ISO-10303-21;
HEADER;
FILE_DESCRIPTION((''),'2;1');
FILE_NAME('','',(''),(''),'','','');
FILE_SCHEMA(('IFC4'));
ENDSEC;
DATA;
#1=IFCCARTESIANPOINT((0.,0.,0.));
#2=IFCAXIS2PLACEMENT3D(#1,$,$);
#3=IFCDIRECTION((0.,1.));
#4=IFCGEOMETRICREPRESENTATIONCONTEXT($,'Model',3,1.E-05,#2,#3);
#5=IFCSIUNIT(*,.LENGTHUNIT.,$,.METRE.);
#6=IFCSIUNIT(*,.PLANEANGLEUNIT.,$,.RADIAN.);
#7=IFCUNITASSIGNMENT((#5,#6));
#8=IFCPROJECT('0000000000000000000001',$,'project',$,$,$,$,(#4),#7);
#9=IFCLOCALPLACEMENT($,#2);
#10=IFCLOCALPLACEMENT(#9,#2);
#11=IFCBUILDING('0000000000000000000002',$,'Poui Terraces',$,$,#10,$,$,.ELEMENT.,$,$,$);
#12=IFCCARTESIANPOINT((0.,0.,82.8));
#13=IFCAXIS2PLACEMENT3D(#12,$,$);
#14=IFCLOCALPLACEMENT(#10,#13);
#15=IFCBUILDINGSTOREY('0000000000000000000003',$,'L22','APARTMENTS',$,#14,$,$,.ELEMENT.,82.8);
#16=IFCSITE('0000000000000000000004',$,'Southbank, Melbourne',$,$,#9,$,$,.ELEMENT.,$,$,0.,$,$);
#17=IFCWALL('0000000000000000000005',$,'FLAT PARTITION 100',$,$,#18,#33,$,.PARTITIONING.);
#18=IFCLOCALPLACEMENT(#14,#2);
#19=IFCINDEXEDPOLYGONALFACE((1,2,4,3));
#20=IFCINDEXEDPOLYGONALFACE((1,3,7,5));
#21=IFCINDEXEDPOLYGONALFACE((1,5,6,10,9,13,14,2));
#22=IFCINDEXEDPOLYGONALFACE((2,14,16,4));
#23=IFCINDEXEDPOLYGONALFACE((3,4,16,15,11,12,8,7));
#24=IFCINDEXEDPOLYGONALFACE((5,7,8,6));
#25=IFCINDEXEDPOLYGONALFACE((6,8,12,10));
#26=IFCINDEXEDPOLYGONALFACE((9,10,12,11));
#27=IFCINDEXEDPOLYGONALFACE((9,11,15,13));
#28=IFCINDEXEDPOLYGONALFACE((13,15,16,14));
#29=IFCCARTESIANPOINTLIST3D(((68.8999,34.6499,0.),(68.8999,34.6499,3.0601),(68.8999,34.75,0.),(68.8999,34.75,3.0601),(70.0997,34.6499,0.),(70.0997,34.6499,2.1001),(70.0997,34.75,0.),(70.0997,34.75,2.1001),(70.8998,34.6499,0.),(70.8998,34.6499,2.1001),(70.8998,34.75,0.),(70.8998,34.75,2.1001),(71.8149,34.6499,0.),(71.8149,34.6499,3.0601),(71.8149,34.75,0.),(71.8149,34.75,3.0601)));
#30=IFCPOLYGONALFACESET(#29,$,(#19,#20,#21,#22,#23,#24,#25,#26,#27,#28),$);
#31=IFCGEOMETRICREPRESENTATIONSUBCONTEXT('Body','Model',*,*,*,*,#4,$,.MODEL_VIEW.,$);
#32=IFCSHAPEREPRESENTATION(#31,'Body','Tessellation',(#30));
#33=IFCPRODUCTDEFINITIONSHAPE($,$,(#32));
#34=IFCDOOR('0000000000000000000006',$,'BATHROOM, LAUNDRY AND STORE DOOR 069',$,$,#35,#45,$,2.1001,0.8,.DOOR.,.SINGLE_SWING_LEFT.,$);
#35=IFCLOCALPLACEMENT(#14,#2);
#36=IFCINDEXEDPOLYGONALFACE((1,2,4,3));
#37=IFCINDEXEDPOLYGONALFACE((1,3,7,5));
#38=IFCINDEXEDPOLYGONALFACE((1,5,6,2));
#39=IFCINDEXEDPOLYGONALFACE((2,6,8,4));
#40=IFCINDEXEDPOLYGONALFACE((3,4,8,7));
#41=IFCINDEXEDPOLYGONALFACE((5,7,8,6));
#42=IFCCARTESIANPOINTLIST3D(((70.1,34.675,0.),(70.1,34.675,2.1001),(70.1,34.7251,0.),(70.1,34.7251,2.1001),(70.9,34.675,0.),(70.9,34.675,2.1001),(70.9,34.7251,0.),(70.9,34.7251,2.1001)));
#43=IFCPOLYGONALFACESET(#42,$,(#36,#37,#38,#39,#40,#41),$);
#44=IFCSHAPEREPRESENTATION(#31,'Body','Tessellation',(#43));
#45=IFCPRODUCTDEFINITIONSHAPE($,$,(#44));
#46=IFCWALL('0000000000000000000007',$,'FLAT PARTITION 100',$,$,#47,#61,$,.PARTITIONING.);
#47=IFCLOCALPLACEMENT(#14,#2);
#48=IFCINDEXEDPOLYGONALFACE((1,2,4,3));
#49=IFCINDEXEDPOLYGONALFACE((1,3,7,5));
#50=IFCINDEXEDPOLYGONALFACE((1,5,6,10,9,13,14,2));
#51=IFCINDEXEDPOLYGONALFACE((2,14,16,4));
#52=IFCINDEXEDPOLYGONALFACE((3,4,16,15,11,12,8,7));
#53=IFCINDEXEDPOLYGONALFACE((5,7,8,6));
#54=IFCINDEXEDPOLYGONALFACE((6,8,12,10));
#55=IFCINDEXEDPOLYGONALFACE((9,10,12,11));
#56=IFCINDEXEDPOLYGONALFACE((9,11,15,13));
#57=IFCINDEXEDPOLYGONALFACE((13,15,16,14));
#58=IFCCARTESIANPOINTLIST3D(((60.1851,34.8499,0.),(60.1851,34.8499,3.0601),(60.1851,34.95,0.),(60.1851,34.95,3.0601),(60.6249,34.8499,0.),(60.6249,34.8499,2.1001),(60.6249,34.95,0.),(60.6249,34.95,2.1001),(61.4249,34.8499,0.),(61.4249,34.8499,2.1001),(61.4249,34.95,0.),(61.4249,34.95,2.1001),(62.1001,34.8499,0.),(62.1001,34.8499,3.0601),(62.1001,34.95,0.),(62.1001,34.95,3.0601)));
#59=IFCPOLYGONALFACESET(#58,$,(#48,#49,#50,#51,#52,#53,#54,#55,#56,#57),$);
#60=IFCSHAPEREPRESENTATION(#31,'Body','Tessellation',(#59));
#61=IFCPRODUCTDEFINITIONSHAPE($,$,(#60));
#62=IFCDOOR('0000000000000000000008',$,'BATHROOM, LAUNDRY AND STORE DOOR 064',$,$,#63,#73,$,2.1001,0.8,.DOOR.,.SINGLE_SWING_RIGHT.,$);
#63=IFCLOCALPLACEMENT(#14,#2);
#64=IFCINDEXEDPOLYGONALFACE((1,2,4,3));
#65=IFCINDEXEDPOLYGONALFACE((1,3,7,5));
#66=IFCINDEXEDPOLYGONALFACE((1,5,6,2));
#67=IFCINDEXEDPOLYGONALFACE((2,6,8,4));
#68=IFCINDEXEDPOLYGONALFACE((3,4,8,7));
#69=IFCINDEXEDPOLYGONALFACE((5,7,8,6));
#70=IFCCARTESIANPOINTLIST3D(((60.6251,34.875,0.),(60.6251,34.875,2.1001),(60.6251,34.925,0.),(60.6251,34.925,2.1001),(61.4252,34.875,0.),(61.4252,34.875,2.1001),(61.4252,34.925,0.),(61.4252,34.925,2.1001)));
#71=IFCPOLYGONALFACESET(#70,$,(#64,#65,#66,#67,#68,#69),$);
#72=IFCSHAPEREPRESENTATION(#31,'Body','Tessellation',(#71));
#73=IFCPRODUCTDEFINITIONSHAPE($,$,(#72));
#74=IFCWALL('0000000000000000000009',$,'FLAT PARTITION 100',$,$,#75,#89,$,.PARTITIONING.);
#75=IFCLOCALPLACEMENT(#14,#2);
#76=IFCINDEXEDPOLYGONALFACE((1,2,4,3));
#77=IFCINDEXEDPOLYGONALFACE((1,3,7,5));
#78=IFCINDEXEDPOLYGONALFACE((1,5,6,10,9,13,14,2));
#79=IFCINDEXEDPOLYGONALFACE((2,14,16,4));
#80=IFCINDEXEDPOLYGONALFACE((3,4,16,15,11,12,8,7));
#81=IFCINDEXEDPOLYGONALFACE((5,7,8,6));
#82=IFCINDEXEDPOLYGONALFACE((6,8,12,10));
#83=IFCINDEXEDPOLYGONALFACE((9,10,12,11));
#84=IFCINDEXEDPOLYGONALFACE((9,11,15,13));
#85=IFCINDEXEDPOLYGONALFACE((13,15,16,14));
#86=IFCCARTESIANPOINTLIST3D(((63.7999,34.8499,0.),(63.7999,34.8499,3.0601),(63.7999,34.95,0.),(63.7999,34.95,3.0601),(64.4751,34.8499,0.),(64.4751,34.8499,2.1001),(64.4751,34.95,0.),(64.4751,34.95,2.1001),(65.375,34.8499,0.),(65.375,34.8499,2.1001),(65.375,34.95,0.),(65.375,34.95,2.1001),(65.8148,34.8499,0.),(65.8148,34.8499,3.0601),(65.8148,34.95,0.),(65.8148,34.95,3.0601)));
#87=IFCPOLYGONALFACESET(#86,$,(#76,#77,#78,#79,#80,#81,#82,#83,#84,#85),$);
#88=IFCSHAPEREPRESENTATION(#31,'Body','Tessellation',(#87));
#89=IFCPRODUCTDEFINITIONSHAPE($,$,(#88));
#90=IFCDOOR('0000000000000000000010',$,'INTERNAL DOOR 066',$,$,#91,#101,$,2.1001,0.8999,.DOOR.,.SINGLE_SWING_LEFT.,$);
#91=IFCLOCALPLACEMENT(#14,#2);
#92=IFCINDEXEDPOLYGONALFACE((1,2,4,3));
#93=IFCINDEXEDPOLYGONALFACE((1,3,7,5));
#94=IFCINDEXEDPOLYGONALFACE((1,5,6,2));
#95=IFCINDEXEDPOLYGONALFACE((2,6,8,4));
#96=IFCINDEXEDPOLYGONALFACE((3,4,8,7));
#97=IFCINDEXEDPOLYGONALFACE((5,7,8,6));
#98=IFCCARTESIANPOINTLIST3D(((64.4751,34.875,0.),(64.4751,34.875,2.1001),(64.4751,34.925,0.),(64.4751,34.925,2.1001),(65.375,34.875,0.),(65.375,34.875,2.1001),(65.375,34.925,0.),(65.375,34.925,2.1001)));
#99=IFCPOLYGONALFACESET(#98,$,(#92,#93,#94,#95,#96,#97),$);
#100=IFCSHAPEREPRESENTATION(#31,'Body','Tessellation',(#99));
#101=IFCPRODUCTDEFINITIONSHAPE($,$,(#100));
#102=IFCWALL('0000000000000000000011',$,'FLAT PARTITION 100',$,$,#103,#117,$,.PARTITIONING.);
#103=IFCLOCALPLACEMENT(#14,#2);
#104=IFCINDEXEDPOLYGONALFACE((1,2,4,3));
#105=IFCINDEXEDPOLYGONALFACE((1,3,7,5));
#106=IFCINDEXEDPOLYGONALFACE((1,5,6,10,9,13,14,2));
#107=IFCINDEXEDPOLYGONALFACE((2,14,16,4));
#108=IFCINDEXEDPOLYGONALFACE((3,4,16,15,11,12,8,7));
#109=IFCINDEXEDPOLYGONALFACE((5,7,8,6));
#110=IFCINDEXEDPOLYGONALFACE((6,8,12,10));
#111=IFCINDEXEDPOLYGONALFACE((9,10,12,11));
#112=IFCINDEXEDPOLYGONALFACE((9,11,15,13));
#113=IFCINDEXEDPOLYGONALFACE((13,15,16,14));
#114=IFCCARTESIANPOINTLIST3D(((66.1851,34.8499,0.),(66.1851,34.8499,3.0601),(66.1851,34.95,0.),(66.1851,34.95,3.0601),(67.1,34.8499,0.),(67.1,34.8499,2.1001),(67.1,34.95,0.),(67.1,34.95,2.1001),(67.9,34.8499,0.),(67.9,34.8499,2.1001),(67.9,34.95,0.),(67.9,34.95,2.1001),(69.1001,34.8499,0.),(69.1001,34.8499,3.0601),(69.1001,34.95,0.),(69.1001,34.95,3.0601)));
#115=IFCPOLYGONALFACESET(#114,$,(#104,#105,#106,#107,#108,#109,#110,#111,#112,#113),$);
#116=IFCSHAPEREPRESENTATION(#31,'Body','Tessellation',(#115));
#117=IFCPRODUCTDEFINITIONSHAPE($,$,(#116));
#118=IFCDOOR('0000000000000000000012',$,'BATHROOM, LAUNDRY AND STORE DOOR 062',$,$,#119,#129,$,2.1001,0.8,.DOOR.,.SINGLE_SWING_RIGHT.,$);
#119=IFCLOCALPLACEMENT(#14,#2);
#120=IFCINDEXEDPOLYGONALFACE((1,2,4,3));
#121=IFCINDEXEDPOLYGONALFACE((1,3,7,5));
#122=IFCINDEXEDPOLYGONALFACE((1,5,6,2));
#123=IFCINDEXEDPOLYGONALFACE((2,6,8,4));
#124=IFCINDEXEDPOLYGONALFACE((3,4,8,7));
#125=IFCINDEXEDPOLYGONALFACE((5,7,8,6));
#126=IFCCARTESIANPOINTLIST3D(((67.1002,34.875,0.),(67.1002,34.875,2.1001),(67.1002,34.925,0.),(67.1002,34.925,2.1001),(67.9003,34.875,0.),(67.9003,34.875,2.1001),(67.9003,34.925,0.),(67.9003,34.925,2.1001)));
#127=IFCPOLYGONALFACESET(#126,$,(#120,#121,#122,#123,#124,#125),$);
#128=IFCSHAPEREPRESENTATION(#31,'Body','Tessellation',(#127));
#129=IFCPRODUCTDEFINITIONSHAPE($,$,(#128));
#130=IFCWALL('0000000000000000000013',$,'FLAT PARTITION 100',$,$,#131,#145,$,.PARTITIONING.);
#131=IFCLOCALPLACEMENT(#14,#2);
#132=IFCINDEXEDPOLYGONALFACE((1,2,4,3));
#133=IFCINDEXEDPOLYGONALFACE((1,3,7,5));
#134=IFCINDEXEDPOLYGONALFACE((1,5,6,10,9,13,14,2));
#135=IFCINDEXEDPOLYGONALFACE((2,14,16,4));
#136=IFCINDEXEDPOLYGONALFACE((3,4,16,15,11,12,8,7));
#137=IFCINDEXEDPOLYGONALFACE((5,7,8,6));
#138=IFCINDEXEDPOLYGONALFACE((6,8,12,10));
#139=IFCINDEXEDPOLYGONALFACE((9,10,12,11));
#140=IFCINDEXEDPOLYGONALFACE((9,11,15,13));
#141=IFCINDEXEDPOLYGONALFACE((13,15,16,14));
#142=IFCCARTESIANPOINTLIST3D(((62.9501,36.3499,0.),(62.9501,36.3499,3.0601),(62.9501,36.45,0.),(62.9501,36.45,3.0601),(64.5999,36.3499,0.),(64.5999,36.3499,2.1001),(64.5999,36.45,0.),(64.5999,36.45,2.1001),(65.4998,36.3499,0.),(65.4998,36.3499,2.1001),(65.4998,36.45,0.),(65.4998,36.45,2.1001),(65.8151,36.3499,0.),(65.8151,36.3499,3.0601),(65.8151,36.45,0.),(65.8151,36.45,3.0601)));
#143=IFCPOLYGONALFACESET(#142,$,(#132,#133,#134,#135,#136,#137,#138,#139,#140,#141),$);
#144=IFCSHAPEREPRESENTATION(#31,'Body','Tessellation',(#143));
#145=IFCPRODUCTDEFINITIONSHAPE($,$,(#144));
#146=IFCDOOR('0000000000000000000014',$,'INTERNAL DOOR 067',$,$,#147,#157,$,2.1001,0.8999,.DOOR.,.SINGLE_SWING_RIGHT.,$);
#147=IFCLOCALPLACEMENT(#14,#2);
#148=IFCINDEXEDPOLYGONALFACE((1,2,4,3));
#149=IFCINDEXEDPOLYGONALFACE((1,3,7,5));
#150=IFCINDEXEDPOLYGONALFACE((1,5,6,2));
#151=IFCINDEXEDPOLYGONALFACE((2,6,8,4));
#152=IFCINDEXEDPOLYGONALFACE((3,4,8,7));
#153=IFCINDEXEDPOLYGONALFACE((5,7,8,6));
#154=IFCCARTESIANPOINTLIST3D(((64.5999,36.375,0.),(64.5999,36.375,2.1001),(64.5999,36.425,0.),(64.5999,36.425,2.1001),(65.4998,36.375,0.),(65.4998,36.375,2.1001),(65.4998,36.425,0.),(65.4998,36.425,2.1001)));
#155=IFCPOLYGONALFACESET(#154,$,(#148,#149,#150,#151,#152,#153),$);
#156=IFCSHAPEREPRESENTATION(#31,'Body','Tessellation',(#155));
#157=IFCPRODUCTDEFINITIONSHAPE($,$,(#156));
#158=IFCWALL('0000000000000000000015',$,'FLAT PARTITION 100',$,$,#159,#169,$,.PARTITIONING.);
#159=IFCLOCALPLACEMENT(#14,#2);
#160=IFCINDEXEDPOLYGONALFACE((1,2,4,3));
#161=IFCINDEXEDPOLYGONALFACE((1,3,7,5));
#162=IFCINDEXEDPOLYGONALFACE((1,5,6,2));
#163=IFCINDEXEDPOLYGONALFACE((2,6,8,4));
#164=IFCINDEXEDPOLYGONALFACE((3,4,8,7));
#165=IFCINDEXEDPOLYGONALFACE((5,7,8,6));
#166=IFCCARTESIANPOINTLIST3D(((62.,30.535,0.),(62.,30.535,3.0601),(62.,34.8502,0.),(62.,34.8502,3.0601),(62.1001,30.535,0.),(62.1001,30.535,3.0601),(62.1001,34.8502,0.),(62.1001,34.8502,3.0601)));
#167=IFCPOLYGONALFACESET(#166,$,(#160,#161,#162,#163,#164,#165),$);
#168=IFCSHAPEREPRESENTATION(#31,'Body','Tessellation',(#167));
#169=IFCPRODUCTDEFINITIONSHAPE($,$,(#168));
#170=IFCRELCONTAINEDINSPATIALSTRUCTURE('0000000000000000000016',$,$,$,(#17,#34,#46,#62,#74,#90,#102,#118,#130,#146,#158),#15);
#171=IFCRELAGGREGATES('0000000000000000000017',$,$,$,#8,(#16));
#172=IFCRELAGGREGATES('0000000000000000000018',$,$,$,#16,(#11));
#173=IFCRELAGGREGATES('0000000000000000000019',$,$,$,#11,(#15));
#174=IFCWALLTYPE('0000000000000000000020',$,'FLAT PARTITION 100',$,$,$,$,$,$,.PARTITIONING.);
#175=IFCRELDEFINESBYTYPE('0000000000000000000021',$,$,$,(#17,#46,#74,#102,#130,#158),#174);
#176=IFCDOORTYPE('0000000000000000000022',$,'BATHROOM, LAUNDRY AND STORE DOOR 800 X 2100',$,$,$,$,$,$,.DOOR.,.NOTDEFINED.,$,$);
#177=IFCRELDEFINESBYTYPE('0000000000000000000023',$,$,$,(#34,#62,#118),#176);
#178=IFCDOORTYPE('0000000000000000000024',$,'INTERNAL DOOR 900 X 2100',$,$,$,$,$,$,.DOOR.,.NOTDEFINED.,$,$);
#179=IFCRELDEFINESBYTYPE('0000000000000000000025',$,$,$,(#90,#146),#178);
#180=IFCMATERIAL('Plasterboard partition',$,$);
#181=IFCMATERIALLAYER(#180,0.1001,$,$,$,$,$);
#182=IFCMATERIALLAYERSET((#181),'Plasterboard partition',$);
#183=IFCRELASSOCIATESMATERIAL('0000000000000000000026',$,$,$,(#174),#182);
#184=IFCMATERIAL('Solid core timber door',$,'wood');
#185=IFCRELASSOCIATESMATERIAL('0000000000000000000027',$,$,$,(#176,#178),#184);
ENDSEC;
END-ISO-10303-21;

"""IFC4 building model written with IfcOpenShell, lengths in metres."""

from ifc_helpers import new_model, si_unit, direction, frame, frame_2d, origin, place, context, subcontext, project, spatial, rectangle, extrude, material, layer, layer_set, type_object, element, fill, save


model = new_model("IFC4")

# Units and contexts
model_context = context("Model", 3, precision=1e-05, world=origin(), true_north=direction((0.0, 1.0)))
body_context = subcontext(model_context, "Body", "Model", "MODEL_VIEW")
ifc_project = project(units=[si_unit("LENGTHUNIT", "METRE"), si_unit("PLANEANGLEUNIT", "RADIAN")], contexts=[model_context])

# Site, building, storey
site_placement = place(None, origin())
site = spatial("IfcSite", under=ifc_project, at=site_placement, Name="Southbank, Melbourne", CompositionType="ELEMENT", RefElevation=0.0)
building_placement = place(site_placement, origin())
building = spatial("IfcBuilding", under=site, at=building_placement, Name="Poui Terraces", CompositionType="ELEMENT")
storey_placement = place(building_placement, frame((0.0, 0.0, 82.8)))
storey = spatial("IfcBuildingStorey", under=building, at=storey_placement, Name="L22", Description="APARTMENTS", CompositionType="ELEMENT", Elevation=82.8)

# Walls, openings, doors
ifc_material_1 = material(Name="Plasterboard partition")
ifc_layer_1 = layer(ifc_material_1, 0.1001)
ifc_layer_set_1 = layer_set([ifc_layer_1], Name="Plasterboard partition")
wall_type_1 = type_object("IfcWallType", Name="FLAT PARTITION 100", PredefinedType="PARTITIONING", material=ifc_layer_set_1)
wall_1_placement = place(storey_placement, frame((68.8999, 34.7, 0.0), z_axis=(0.0, 0.0, 1.0), x_axis=(1.0, 0.0, 0.0)))
wall_1 = element("IfcWall", 1, at=wall_1_placement, inside=storey, type_object=wall_type_1, Name="FLAT PARTITION 100", PredefinedType="PARTITIONING", context=body_context, shape_type="SweptSolid", body=[
    extrude(rectangle(XDim=2.915, YDim=0.1001, at=frame_2d((1.4575, 0.0))), origin(), (0.0, 0.0, 1.0), 3.0601),
])
opening_1_placement = place(wall_1_placement, frame((1.2, 0.0, 0.0)))
opening_1 = element("IfcOpeningElement", 2, at=opening_1_placement, cuts=wall_1, PredefinedType="OPENING", context=body_context, shape_type="SweptSolid", body=[
    extrude(rectangle(XDim=0.8, YDim=2.1001, at=frame_2d((0.3999, 1.05))), frame((0.0, 0.0601, 0.0), z_axis=(0.0, -1.0, 0.0), x_axis=(1.0, 0.0, 0.0)), (0.0, 0.0, 1.0), 0.1201),
])
ifc_material_2 = material(Name="Solid core timber door", Category="wood")
door_type_1 = type_object("IfcDoorType", Name="BATHROOM, LAUNDRY AND STORE DOOR 800 X 2100", OperationType="NOTDEFINED", PredefinedType="DOOR", material=ifc_material_2)
door_1_placement = place(opening_1_placement, frame((0.8, 0.0, 0.0), z_axis=(0.0, 0.0, 1.0), x_axis=(-1.0, 0.0, 0.0)))
door_1 = element("IfcDoor", 3, at=door_1_placement, inside=storey, type_object=door_type_1, Name="BATHROOM, LAUNDRY AND STORE DOOR 069", OperationType="SINGLE_SWING_LEFT", OverallHeight=2.1001, OverallWidth=0.8, PredefinedType="DOOR", context=body_context, shape_type="SweptSolid", body=[
    extrude(rectangle(XDim=0.8, YDim=2.1001, at=frame_2d((0.3999, 1.05))), frame((0.0, 0.0249, 0.0), z_axis=(0.0, -1.0, 0.0), x_axis=(1.0, 0.0, 0.0)), (0.0, 0.0, 1.0), 0.05),
])
fill(opening_1, door_1)
wall_2_placement = place(storey_placement, frame((60.1851, 34.8999, 0.0), z_axis=(0.0, 0.0, 1.0), x_axis=(1.0, 0.0, 0.0)))
wall_2 = element("IfcWall", 4, at=wall_2_placement, inside=storey, type_object=wall_type_1, Name="FLAT PARTITION 100", PredefinedType="PARTITIONING", context=body_context, shape_type="SweptSolid", body=[
    extrude(rectangle(XDim=1.915, YDim=0.1001, at=frame_2d((0.9575, 0.0))), origin(), (0.0, 0.0, 1.0), 3.0601),
])
opening_2_placement = place(wall_2_placement, frame((0.4399, 0.0, 0.0)))
opening_2 = element("IfcOpeningElement", 5, at=opening_2_placement, cuts=wall_2, PredefinedType="OPENING", context=body_context, shape_type="SweptSolid", body=[
    extrude(rectangle(XDim=0.8, YDim=2.1001, at=frame_2d((0.3999, 1.05))), frame((0.0, 0.0601, 0.0), z_axis=(0.0, -1.0, 0.0), x_axis=(1.0, 0.0, 0.0)), (0.0, 0.0, 1.0), 0.1201),
])
door_2_placement = place(opening_2_placement, frame((0.8, 0.0, 0.0), z_axis=(0.0, 0.0, 1.0), x_axis=(-1.0, 0.0, 0.0)))
door_2 = element("IfcDoor", 6, at=door_2_placement, inside=storey, type_object=door_type_1, Name="BATHROOM, LAUNDRY AND STORE DOOR 064", OperationType="SINGLE_SWING_RIGHT", OverallHeight=2.1001, OverallWidth=0.8, PredefinedType="DOOR", context=body_context, shape_type="SweptSolid", body=[
    extrude(rectangle(XDim=0.8, YDim=2.1001, at=frame_2d((0.3999, 1.05))), frame((0.0, 0.0249, 0.0), z_axis=(0.0, -1.0, 0.0), x_axis=(1.0, 0.0, 0.0)), (0.0, 0.0, 1.0), 0.05),
])
fill(opening_2, door_2)
wall_3_placement = place(storey_placement, frame((63.8, 34.8999, 0.0), z_axis=(0.0, 0.0, 1.0), x_axis=(1.0, 0.0, 0.0)))
wall_3 = element("IfcWall", 7, at=wall_3_placement, inside=storey, type_object=wall_type_1, Name="FLAT PARTITION 100", PredefinedType="PARTITIONING", context=body_context, shape_type="SweptSolid", body=[
    extrude(rectangle(XDim=2.0149, YDim=0.1001, at=frame_2d((1.0073, 0.0))), origin(), (0.0, 0.0, 1.0), 3.0601),
])
opening_3_placement = place(wall_3_placement, frame((0.675, 0.0, 0.0)))
opening_3 = element("IfcOpeningElement", 8, at=opening_3_placement, cuts=wall_3, PredefinedType="OPENING", context=body_context, shape_type="SweptSolid", body=[
    extrude(rectangle(XDim=0.8999, YDim=2.1001, at=frame_2d((0.45, 1.05))), frame((0.0, 0.0601, 0.0), z_axis=(0.0, -1.0, 0.0), x_axis=(1.0, 0.0, 0.0)), (0.0, 0.0, 1.0), 0.1201),
])
door_type_2 = type_object("IfcDoorType", Name="INTERNAL DOOR 900 X 2100", OperationType="NOTDEFINED", PredefinedType="DOOR", material=ifc_material_2)
door_3_placement = place(opening_3_placement, frame((0.8999, 0.0, 0.0), z_axis=(0.0, 0.0, 1.0), x_axis=(-1.0, 0.0, 0.0)))
door_3 = element("IfcDoor", 9, at=door_3_placement, inside=storey, type_object=door_type_2, Name="INTERNAL DOOR 066", OperationType="SINGLE_SWING_LEFT", OverallHeight=2.1001, OverallWidth=0.8999, PredefinedType="DOOR", context=body_context, shape_type="SweptSolid", body=[
    extrude(rectangle(XDim=0.8999, YDim=2.1001, at=frame_2d((0.45, 1.05))), frame((0.0, 0.0249, 0.0), z_axis=(0.0, -1.0, 0.0), x_axis=(1.0, 0.0, 0.0)), (0.0, 0.0, 1.0), 0.05),
])
fill(opening_3, door_3)
wall_4_placement = place(storey_placement, frame((66.1851, 34.8999, 0.0), z_axis=(0.0, 0.0, 1.0), x_axis=(1.0, 0.0, 0.0)))
wall_4 = element("IfcWall", 10, at=wall_4_placement, inside=storey, type_object=wall_type_1, Name="FLAT PARTITION 100", PredefinedType="PARTITIONING", context=body_context, shape_type="SweptSolid", body=[
    extrude(rectangle(XDim=2.915, YDim=0.1001, at=frame_2d((1.4575, 0.0))), origin(), (0.0, 0.0, 1.0), 3.0601),
])
opening_4_placement = place(wall_4_placement, frame((0.915, 0.0, 0.0)))
opening_4 = element("IfcOpeningElement", 11, at=opening_4_placement, cuts=wall_4, PredefinedType="OPENING", context=body_context, shape_type="SweptSolid", body=[
    extrude(rectangle(XDim=0.8, YDim=2.1001, at=frame_2d((0.3999, 1.05))), frame((0.0, 0.0601, 0.0), z_axis=(0.0, -1.0, 0.0), x_axis=(1.0, 0.0, 0.0)), (0.0, 0.0, 1.0), 0.1201),
])
door_4_placement = place(opening_4_placement, frame((0.8, 0.0, 0.0), z_axis=(0.0, 0.0, 1.0), x_axis=(-1.0, 0.0, 0.0)))
door_4 = element("IfcDoor", 12, at=door_4_placement, inside=storey, type_object=door_type_1, Name="BATHROOM, LAUNDRY AND STORE DOOR 062", OperationType="SINGLE_SWING_RIGHT", OverallHeight=2.1001, OverallWidth=0.8, PredefinedType="DOOR", context=body_context, shape_type="SweptSolid", body=[
    extrude(rectangle(XDim=0.8, YDim=2.1001, at=frame_2d((0.3999, 1.05))), frame((0.0, 0.0249, 0.0), z_axis=(0.0, -1.0, 0.0), x_axis=(1.0, 0.0, 0.0)), (0.0, 0.0, 1.0), 0.05),
])
fill(opening_4, door_4)
wall_5_placement = place(storey_placement, frame((62.95, 36.3999, 0.0), z_axis=(0.0, 0.0, 1.0), x_axis=(1.0, 0.0, 0.0)))
wall_5 = element("IfcWall", 13, at=wall_5_placement, inside=storey, type_object=wall_type_1, Name="FLAT PARTITION 100", PredefinedType="PARTITIONING", context=body_context, shape_type="SweptSolid", body=[
    extrude(rectangle(XDim=2.865, YDim=0.1001, at=frame_2d((1.4326, 0.0))), origin(), (0.0, 0.0, 1.0), 3.0601),
])
opening_5_placement = place(wall_5_placement, frame((1.6499, 0.0, 0.0)))
opening_5 = element("IfcOpeningElement", 14, at=opening_5_placement, cuts=wall_5, PredefinedType="OPENING", context=body_context, shape_type="SweptSolid", body=[
    extrude(rectangle(XDim=0.8999, YDim=2.1001, at=frame_2d((0.45, 1.05))), frame((0.0, 0.0601, 0.0), z_axis=(0.0, -1.0, 0.0), x_axis=(1.0, 0.0, 0.0)), (0.0, 0.0, 1.0), 0.1201),
])
door_5_placement = place(opening_5_placement, frame((0.8999, 0.0, 0.0), z_axis=(0.0, 0.0, 1.0), x_axis=(-1.0, 0.0, 0.0)))
door_5 = element("IfcDoor", 15, at=door_5_placement, inside=storey, type_object=door_type_2, Name="INTERNAL DOOR 067", OperationType="SINGLE_SWING_RIGHT", OverallHeight=2.1001, OverallWidth=0.8999, PredefinedType="DOOR", context=body_context, shape_type="SweptSolid", body=[
    extrude(rectangle(XDim=0.8999, YDim=2.1001, at=frame_2d((0.45, 1.05))), frame((0.0, 0.0249, 0.0), z_axis=(0.0, -1.0, 0.0), x_axis=(1.0, 0.0, 0.0)), (0.0, 0.0, 1.0), 0.05),
])
fill(opening_5, door_5)

# Wall
wall_6_placement = place(storey_placement, frame((62.05, 30.5349, 0.0), z_axis=(0.0, 0.0, 1.0), x_axis=(0.0, 1.0, 0.0)))
element("IfcWall", 16, at=wall_6_placement, inside=storey, type_object=wall_type_1, Name="FLAT PARTITION 100", PredefinedType="PARTITIONING", context=body_context, shape_type="SweptSolid", body=[
    extrude(rectangle(XDim=4.3152, YDim=0.1001, at=frame_2d((2.1577, 0.0))), origin(), (0.0, 0.0, 1.0), 3.0601),
])

save(model, "model.ifc")
